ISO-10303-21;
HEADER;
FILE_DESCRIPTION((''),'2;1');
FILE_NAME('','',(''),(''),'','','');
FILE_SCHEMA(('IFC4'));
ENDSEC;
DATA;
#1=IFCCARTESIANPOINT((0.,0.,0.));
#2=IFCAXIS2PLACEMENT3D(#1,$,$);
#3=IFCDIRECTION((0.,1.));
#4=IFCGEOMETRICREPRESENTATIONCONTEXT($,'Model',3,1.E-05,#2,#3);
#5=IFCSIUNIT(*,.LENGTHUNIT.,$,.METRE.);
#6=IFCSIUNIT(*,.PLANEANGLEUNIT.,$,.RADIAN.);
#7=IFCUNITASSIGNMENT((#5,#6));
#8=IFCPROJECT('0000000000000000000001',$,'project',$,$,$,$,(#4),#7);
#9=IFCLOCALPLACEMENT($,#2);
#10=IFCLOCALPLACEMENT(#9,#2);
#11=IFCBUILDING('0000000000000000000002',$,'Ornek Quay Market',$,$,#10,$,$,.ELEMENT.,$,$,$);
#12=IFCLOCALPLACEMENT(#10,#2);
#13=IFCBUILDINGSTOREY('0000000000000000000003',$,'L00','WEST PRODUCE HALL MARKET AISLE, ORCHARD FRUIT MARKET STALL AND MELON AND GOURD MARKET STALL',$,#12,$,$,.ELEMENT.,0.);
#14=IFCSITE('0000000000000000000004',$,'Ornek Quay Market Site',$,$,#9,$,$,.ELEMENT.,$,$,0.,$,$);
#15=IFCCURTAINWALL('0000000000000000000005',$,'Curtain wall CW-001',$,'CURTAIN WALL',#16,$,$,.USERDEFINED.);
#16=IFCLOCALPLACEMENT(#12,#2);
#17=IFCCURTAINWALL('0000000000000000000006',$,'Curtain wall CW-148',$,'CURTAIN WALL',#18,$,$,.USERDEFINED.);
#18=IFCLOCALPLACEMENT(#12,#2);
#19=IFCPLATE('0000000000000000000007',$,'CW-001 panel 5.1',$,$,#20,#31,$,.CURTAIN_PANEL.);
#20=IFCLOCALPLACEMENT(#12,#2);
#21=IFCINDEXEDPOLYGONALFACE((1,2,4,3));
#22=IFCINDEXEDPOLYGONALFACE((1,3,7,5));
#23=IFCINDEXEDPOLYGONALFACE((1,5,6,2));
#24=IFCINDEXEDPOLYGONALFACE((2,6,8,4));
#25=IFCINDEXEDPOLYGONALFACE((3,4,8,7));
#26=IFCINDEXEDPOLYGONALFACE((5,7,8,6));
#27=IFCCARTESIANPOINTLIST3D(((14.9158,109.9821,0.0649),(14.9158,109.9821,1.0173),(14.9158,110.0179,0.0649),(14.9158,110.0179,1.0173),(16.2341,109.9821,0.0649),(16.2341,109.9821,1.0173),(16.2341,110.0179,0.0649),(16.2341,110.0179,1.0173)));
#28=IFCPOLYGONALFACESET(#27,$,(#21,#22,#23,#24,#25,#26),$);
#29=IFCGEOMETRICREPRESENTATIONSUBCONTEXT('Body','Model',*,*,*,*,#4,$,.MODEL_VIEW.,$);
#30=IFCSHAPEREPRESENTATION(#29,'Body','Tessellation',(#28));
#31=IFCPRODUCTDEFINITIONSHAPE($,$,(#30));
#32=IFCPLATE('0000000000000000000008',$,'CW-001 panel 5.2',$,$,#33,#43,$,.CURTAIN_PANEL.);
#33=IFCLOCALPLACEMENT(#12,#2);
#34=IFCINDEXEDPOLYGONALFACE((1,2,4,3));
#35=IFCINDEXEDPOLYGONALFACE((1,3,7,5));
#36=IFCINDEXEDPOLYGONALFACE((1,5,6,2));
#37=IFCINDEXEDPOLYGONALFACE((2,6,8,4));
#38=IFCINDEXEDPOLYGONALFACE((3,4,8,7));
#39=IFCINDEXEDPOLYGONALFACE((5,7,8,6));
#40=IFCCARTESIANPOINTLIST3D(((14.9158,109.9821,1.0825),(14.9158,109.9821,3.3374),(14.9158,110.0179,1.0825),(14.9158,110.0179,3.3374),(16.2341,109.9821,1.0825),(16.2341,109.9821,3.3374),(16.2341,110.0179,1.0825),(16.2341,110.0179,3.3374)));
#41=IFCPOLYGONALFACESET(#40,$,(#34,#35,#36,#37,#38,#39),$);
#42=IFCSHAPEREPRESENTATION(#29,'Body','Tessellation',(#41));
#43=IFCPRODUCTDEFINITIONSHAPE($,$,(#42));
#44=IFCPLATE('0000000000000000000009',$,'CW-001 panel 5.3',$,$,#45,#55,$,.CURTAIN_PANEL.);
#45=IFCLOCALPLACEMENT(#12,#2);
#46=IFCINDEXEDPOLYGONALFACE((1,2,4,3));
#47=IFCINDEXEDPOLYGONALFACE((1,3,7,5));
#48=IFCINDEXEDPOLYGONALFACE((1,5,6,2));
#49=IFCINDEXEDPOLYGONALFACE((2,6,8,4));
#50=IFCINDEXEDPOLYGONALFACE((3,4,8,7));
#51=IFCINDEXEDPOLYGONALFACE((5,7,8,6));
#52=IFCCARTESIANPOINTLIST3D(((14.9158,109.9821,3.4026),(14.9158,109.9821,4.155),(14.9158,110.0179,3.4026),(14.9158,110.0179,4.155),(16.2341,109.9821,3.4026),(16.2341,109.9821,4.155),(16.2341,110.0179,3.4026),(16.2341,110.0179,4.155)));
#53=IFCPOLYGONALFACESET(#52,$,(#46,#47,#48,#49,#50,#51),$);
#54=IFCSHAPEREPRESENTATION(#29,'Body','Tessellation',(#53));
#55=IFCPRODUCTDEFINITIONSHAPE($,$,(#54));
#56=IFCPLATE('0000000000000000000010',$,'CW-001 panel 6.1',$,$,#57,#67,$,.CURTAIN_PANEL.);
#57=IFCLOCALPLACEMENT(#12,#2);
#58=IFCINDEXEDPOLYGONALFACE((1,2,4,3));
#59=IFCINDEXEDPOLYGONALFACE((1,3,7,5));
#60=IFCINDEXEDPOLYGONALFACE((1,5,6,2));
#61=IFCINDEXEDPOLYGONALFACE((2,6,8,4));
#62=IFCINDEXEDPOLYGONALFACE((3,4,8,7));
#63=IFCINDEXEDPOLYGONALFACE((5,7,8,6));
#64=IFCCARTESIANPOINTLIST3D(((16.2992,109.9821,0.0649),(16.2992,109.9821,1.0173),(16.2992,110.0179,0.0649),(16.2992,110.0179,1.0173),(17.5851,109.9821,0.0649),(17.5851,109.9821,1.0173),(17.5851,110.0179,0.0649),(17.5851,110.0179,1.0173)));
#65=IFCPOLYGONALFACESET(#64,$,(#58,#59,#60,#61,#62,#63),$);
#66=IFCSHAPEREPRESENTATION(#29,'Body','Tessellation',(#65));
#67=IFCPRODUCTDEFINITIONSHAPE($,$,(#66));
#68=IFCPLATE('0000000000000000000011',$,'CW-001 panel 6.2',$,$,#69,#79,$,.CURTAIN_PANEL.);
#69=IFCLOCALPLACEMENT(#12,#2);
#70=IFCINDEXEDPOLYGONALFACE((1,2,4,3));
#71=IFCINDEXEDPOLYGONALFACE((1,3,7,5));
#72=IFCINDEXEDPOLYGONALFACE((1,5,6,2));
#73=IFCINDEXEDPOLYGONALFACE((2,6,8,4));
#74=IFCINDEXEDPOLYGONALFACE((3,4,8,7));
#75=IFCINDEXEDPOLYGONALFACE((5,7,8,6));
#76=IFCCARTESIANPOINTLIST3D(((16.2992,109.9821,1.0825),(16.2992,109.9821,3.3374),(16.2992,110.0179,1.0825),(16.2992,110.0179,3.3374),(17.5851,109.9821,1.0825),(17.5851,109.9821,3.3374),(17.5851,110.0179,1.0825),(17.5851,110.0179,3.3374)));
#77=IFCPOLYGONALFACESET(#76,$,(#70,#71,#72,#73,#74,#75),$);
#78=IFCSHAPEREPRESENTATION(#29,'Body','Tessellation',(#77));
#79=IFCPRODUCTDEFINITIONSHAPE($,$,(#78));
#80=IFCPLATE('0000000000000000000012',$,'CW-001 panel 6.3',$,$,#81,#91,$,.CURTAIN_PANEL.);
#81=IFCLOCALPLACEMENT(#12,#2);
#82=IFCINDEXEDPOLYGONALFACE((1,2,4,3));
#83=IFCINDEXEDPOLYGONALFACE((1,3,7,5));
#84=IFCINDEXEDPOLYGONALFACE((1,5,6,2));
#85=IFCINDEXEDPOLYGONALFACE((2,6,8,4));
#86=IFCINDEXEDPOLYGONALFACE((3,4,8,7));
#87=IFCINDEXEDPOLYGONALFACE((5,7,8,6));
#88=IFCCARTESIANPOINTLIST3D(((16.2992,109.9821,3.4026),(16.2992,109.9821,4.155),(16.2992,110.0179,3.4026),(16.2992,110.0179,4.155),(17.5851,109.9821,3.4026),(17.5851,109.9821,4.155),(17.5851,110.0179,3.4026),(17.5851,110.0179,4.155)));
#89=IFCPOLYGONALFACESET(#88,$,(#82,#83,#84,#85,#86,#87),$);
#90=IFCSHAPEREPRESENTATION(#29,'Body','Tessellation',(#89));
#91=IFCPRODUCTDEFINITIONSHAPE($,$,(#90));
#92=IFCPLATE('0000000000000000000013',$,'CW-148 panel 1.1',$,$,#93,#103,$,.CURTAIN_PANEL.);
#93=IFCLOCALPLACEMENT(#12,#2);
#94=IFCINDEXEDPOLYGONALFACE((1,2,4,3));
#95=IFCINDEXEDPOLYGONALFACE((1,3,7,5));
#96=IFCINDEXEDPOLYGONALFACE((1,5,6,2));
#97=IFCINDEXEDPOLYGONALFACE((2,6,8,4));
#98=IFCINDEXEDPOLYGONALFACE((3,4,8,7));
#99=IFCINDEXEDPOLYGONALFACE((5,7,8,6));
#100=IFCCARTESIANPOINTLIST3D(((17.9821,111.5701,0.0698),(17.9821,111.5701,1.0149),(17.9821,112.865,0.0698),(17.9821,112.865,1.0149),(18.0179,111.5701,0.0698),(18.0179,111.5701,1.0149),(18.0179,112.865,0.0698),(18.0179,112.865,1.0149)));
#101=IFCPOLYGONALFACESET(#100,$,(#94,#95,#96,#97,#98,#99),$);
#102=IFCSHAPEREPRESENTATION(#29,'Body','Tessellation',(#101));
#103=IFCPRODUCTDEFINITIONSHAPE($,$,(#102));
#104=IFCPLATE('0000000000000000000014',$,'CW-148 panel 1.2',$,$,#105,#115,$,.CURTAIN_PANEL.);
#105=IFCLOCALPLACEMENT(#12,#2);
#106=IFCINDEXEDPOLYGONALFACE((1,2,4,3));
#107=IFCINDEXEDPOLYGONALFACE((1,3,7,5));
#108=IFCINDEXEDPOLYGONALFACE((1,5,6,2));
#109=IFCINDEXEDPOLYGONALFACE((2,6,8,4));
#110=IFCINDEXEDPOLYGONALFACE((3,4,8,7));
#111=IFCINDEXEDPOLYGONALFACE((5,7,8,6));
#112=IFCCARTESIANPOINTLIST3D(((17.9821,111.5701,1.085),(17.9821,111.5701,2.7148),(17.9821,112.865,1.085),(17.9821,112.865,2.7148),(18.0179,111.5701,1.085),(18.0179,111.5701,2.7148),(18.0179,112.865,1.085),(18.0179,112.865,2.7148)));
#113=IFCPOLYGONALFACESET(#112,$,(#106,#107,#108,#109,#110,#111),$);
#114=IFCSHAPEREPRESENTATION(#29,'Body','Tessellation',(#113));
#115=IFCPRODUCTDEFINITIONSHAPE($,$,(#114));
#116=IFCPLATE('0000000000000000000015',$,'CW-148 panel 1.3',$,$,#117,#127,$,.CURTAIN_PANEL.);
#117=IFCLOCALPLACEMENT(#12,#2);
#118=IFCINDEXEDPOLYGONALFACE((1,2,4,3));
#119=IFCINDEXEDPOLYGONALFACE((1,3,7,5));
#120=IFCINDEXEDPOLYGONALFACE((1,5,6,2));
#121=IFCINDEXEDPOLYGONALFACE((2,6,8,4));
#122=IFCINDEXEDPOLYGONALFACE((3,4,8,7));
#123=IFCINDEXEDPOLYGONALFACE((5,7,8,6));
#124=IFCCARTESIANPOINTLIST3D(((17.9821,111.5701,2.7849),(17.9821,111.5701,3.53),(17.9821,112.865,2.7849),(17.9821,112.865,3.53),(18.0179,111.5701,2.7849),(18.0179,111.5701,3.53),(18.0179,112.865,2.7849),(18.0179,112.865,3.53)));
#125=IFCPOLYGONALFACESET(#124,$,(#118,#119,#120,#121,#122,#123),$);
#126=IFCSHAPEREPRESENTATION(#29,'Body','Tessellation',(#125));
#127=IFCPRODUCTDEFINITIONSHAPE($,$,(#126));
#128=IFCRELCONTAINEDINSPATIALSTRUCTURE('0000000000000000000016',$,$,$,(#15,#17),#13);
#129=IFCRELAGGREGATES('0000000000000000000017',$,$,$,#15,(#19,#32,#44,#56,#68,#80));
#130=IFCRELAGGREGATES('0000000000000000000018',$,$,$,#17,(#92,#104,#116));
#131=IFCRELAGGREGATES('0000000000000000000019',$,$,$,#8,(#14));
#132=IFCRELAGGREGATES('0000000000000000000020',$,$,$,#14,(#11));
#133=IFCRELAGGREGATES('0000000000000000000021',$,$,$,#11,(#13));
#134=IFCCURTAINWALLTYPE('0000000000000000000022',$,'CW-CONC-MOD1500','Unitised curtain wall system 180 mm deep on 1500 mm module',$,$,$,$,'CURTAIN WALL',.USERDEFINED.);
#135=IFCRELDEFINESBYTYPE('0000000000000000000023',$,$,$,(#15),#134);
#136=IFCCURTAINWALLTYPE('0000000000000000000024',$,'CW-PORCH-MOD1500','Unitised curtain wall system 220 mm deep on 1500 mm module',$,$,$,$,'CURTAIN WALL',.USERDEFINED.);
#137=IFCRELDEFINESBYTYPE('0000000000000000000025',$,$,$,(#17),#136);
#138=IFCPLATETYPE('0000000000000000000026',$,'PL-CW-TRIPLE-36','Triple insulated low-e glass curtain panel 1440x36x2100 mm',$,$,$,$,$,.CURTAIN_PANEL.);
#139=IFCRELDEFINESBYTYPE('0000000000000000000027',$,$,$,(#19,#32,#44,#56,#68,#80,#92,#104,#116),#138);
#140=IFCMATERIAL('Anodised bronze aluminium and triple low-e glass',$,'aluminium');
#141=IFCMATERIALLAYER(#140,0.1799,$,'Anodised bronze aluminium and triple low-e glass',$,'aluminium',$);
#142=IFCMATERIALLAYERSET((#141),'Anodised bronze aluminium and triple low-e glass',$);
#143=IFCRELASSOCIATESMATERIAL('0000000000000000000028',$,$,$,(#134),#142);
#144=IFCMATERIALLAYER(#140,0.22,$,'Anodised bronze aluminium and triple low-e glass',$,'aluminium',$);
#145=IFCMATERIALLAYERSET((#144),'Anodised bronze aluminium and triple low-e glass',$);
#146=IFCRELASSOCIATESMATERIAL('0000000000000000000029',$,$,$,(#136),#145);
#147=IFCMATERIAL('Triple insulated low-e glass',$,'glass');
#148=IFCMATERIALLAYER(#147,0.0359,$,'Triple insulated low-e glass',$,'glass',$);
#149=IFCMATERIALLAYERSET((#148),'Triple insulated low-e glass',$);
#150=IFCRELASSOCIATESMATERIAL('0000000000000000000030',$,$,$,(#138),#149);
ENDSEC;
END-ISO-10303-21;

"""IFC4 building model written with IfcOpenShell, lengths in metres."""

from ifc_helpers import new_model, si_unit, direction, frame, origin, origin_2d, place, context, subcontext, project, spatial, rectangle, extrude, material, layer, layer_set, type_object, element, aggregate, save


model = new_model("IFC4")

# Units and contexts
model_context = context("Model", 3, precision=1e-05, world=origin(), true_north=direction((0.0, 1.0)))
body_context = subcontext(model_context, "Body", "Model", "MODEL_VIEW")
ifc_project = project(units=[si_unit("LENGTHUNIT", "METRE"), si_unit("PLANEANGLEUNIT", "RADIAN")], contexts=[model_context])

# Site, building, storey
site_placement = place(None, origin())
site = spatial("IfcSite", under=ifc_project, at=site_placement, Name="Ornek Quay Market Site", CompositionType="ELEMENT", RefElevation=0.0)
building_placement = place(site_placement, origin())
building = spatial("IfcBuilding", under=site, at=building_placement, Name="Ornek Quay Market", CompositionType="ELEMENT")
storey_placement = place(building_placement, origin())
storey = spatial("IfcBuildingStorey", under=building, at=storey_placement, Name="L00", Description="WEST PRODUCE HALL MARKET AISLE, ORCHARD FRUIT MARKET STALL AND MELON AND GOURD MARKET STALL", CompositionType="ELEMENT", Elevation=0.0)

# Curtain wall
ifc_material_1 = material(Name="Anodised bronze aluminium and triple low-e glass", Category="aluminium")
ifc_layer_1 = layer(ifc_material_1, 0.1799, Name="Anodised bronze aluminium and triple low-e glass", Category="aluminium")
ifc_layer_set_1 = layer_set([ifc_layer_1], Name="Anodised bronze aluminium and triple low-e glass")
curtain_wall_type_1 = type_object("IfcCurtainWallType", Name="CW-CONC-MOD1500", Description="Unitised curtain wall system 180 mm deep on 1500 mm module", ElementType="CURTAIN WALL", PredefinedType="USERDEFINED", material=ifc_layer_set_1)
curtain_wall_1_placement = place(storey_placement, origin())
curtain_wall_1 = element("IfcCurtainWall", 1, at=curtain_wall_1_placement, inside=storey, type_object=curtain_wall_type_1, Name="Curtain wall CW-001", ObjectType="CURTAIN WALL", PredefinedType="USERDEFINED")

# Curtain wall
ifc_layer_2 = layer(ifc_material_1, 0.22, Name="Anodised bronze aluminium and triple low-e glass", Category="aluminium")
ifc_layer_set_2 = layer_set([ifc_layer_2], Name="Anodised bronze aluminium and triple low-e glass")
curtain_wall_type_2 = type_object("IfcCurtainWallType", Name="CW-PORCH-MOD1500", Description="Unitised curtain wall system 220 mm deep on 1500 mm module", ElementType="CURTAIN WALL", PredefinedType="USERDEFINED", material=ifc_layer_set_2)
curtain_wall_2_placement = place(storey_placement, origin())
curtain_wall_2 = element("IfcCurtainWall", 2, at=curtain_wall_2_placement, inside=storey, type_object=curtain_wall_type_2, Name="Curtain wall CW-148", ObjectType="CURTAIN WALL", PredefinedType="USERDEFINED")

# Plates
ifc_material_2 = material(Name="Triple insulated low-e glass", Category="glass")
ifc_layer_3 = layer(ifc_material_2, 0.0359, Name="Triple insulated low-e glass", Category="glass")
ifc_layer_set_3 = layer_set([ifc_layer_3], Name="Triple insulated low-e glass")
plate_type = type_object("IfcPlateType", Name="PL-CW-TRIPLE-36", Description="Triple insulated low-e glass curtain panel 1440x36x2100 mm", PredefinedType="CURTAIN_PANEL", material=ifc_layer_set_3)
plate_1_placement = place(storey_placement, frame((15.575, 110.0, 0.0649), z_axis=(0.0, 0.0, 1.0), x_axis=(1.0, 0.0, 0.0)))
plate_1 = element("IfcPlate", 3, at=plate_1_placement, type_object=plate_type, Name="CW-001 panel 5.1", PredefinedType="CURTAIN_PANEL", context=body_context, shape_type="SweptSolid", body=[
    extrude(rectangle(XDim=1.3184, YDim=0.0359, at=origin_2d()), origin(), (0.0, 0.0, 1.0), 0.9524),
])
plate_2_placement = place(storey_placement, frame((15.575, 110.0, 1.0825), z_axis=(0.0, 0.0, 1.0), x_axis=(1.0, 0.0, 0.0)))
plate_2 = element("IfcPlate", 4, at=plate_2_placement, type_object=plate_type, Name="CW-001 panel 5.2", PredefinedType="CURTAIN_PANEL", context=body_context, shape_type="SweptSolid", body=[
    extrude(rectangle(XDim=1.3184, YDim=0.0359, at=origin_2d()), origin(), (0.0, 0.0, 1.0), 2.2549),
])
plate_3_placement = place(storey_placement, frame((15.575, 110.0, 3.4026), z_axis=(0.0, 0.0, 1.0), x_axis=(1.0, 0.0, 0.0)))
plate_3 = element("IfcPlate", 5, at=plate_3_placement, type_object=plate_type, Name="CW-001 panel 5.3", PredefinedType="CURTAIN_PANEL", context=body_context, shape_type="SweptSolid", body=[
    extrude(rectangle(XDim=1.3184, YDim=0.0359, at=origin_2d()), origin(), (0.0, 0.0, 1.0), 0.7524),
])
plate_4_placement = place(storey_placement, frame((16.9421, 110.0, 0.0649), z_axis=(0.0, 0.0, 1.0), x_axis=(1.0, 0.0, 0.0)))
plate_4 = element("IfcPlate", 6, at=plate_4_placement, type_object=plate_type, Name="CW-001 panel 6.1", PredefinedType="CURTAIN_PANEL", context=body_context, shape_type="SweptSolid", body=[
    extrude(rectangle(XDim=1.2859, YDim=0.0359, at=origin_2d()), origin(), (0.0, 0.0, 1.0), 0.9524),
])
plate_5_placement = place(storey_placement, frame((16.9421, 110.0, 1.0825), z_axis=(0.0, 0.0, 1.0), x_axis=(1.0, 0.0, 0.0)))
plate_5 = element("IfcPlate", 7, at=plate_5_placement, type_object=plate_type, Name="CW-001 panel 6.2", PredefinedType="CURTAIN_PANEL", context=body_context, shape_type="SweptSolid", body=[
    extrude(rectangle(XDim=1.2859, YDim=0.0359, at=origin_2d()), origin(), (0.0, 0.0, 1.0), 2.2549),
])
plate_6_placement = place(storey_placement, frame((16.9421, 110.0, 3.4026), z_axis=(0.0, 0.0, 1.0), x_axis=(1.0, 0.0, 0.0)))
plate_6 = element("IfcPlate", 8, at=plate_6_placement, type_object=plate_type, Name="CW-001 panel 6.3", PredefinedType="CURTAIN_PANEL", context=body_context, shape_type="SweptSolid", body=[
    extrude(rectangle(XDim=1.2859, YDim=0.0359, at=origin_2d()), origin(), (0.0, 0.0, 1.0), 0.7524),
])
aggregate(curtain_wall_1, [plate_1, plate_2, plate_3, plate_4, plate_5, plate_6])
plate_7_placement = place(storey_placement, frame((18.0, 112.2175, 0.0698), z_axis=(0.0, 0.0, 1.0), x_axis=(0.0, 1.0, 0.0)))
plate_7 = element("IfcPlate", 9, at=plate_7_placement, type_object=plate_type, Name="CW-148 panel 1.1", PredefinedType="CURTAIN_PANEL", context=body_context, shape_type="SweptSolid", body=[
    extrude(rectangle(XDim=1.2949, YDim=0.0359, at=origin_2d()), origin(), (0.0, 0.0, 1.0), 0.9451),
])
plate_8_placement = place(storey_placement, frame((18.0, 112.2175, 1.085), z_axis=(0.0, 0.0, 1.0), x_axis=(0.0, 1.0, 0.0)))
plate_8 = element("IfcPlate", 10, at=plate_8_placement, type_object=plate_type, Name="CW-148 panel 1.2", PredefinedType="CURTAIN_PANEL", context=body_context, shape_type="SweptSolid", body=[
    extrude(rectangle(XDim=1.2949, YDim=0.0359, at=origin_2d()), origin(), (0.0, 0.0, 1.0), 1.6299),
])
plate_9_placement = place(storey_placement, frame((18.0, 112.2175, 2.7849), z_axis=(0.0, 0.0, 1.0), x_axis=(0.0, 1.0, 0.0)))
plate_9 = element("IfcPlate", 11, at=plate_9_placement, type_object=plate_type, Name="CW-148 panel 1.3", PredefinedType="CURTAIN_PANEL", context=body_context, shape_type="SweptSolid", body=[
    extrude(rectangle(XDim=1.2949, YDim=0.0359, at=origin_2d()), origin(), (0.0, 0.0, 1.0), 0.7451),
])
aggregate(curtain_wall_2, [plate_7, plate_8, plate_9])

save(model, "model.ifc")
